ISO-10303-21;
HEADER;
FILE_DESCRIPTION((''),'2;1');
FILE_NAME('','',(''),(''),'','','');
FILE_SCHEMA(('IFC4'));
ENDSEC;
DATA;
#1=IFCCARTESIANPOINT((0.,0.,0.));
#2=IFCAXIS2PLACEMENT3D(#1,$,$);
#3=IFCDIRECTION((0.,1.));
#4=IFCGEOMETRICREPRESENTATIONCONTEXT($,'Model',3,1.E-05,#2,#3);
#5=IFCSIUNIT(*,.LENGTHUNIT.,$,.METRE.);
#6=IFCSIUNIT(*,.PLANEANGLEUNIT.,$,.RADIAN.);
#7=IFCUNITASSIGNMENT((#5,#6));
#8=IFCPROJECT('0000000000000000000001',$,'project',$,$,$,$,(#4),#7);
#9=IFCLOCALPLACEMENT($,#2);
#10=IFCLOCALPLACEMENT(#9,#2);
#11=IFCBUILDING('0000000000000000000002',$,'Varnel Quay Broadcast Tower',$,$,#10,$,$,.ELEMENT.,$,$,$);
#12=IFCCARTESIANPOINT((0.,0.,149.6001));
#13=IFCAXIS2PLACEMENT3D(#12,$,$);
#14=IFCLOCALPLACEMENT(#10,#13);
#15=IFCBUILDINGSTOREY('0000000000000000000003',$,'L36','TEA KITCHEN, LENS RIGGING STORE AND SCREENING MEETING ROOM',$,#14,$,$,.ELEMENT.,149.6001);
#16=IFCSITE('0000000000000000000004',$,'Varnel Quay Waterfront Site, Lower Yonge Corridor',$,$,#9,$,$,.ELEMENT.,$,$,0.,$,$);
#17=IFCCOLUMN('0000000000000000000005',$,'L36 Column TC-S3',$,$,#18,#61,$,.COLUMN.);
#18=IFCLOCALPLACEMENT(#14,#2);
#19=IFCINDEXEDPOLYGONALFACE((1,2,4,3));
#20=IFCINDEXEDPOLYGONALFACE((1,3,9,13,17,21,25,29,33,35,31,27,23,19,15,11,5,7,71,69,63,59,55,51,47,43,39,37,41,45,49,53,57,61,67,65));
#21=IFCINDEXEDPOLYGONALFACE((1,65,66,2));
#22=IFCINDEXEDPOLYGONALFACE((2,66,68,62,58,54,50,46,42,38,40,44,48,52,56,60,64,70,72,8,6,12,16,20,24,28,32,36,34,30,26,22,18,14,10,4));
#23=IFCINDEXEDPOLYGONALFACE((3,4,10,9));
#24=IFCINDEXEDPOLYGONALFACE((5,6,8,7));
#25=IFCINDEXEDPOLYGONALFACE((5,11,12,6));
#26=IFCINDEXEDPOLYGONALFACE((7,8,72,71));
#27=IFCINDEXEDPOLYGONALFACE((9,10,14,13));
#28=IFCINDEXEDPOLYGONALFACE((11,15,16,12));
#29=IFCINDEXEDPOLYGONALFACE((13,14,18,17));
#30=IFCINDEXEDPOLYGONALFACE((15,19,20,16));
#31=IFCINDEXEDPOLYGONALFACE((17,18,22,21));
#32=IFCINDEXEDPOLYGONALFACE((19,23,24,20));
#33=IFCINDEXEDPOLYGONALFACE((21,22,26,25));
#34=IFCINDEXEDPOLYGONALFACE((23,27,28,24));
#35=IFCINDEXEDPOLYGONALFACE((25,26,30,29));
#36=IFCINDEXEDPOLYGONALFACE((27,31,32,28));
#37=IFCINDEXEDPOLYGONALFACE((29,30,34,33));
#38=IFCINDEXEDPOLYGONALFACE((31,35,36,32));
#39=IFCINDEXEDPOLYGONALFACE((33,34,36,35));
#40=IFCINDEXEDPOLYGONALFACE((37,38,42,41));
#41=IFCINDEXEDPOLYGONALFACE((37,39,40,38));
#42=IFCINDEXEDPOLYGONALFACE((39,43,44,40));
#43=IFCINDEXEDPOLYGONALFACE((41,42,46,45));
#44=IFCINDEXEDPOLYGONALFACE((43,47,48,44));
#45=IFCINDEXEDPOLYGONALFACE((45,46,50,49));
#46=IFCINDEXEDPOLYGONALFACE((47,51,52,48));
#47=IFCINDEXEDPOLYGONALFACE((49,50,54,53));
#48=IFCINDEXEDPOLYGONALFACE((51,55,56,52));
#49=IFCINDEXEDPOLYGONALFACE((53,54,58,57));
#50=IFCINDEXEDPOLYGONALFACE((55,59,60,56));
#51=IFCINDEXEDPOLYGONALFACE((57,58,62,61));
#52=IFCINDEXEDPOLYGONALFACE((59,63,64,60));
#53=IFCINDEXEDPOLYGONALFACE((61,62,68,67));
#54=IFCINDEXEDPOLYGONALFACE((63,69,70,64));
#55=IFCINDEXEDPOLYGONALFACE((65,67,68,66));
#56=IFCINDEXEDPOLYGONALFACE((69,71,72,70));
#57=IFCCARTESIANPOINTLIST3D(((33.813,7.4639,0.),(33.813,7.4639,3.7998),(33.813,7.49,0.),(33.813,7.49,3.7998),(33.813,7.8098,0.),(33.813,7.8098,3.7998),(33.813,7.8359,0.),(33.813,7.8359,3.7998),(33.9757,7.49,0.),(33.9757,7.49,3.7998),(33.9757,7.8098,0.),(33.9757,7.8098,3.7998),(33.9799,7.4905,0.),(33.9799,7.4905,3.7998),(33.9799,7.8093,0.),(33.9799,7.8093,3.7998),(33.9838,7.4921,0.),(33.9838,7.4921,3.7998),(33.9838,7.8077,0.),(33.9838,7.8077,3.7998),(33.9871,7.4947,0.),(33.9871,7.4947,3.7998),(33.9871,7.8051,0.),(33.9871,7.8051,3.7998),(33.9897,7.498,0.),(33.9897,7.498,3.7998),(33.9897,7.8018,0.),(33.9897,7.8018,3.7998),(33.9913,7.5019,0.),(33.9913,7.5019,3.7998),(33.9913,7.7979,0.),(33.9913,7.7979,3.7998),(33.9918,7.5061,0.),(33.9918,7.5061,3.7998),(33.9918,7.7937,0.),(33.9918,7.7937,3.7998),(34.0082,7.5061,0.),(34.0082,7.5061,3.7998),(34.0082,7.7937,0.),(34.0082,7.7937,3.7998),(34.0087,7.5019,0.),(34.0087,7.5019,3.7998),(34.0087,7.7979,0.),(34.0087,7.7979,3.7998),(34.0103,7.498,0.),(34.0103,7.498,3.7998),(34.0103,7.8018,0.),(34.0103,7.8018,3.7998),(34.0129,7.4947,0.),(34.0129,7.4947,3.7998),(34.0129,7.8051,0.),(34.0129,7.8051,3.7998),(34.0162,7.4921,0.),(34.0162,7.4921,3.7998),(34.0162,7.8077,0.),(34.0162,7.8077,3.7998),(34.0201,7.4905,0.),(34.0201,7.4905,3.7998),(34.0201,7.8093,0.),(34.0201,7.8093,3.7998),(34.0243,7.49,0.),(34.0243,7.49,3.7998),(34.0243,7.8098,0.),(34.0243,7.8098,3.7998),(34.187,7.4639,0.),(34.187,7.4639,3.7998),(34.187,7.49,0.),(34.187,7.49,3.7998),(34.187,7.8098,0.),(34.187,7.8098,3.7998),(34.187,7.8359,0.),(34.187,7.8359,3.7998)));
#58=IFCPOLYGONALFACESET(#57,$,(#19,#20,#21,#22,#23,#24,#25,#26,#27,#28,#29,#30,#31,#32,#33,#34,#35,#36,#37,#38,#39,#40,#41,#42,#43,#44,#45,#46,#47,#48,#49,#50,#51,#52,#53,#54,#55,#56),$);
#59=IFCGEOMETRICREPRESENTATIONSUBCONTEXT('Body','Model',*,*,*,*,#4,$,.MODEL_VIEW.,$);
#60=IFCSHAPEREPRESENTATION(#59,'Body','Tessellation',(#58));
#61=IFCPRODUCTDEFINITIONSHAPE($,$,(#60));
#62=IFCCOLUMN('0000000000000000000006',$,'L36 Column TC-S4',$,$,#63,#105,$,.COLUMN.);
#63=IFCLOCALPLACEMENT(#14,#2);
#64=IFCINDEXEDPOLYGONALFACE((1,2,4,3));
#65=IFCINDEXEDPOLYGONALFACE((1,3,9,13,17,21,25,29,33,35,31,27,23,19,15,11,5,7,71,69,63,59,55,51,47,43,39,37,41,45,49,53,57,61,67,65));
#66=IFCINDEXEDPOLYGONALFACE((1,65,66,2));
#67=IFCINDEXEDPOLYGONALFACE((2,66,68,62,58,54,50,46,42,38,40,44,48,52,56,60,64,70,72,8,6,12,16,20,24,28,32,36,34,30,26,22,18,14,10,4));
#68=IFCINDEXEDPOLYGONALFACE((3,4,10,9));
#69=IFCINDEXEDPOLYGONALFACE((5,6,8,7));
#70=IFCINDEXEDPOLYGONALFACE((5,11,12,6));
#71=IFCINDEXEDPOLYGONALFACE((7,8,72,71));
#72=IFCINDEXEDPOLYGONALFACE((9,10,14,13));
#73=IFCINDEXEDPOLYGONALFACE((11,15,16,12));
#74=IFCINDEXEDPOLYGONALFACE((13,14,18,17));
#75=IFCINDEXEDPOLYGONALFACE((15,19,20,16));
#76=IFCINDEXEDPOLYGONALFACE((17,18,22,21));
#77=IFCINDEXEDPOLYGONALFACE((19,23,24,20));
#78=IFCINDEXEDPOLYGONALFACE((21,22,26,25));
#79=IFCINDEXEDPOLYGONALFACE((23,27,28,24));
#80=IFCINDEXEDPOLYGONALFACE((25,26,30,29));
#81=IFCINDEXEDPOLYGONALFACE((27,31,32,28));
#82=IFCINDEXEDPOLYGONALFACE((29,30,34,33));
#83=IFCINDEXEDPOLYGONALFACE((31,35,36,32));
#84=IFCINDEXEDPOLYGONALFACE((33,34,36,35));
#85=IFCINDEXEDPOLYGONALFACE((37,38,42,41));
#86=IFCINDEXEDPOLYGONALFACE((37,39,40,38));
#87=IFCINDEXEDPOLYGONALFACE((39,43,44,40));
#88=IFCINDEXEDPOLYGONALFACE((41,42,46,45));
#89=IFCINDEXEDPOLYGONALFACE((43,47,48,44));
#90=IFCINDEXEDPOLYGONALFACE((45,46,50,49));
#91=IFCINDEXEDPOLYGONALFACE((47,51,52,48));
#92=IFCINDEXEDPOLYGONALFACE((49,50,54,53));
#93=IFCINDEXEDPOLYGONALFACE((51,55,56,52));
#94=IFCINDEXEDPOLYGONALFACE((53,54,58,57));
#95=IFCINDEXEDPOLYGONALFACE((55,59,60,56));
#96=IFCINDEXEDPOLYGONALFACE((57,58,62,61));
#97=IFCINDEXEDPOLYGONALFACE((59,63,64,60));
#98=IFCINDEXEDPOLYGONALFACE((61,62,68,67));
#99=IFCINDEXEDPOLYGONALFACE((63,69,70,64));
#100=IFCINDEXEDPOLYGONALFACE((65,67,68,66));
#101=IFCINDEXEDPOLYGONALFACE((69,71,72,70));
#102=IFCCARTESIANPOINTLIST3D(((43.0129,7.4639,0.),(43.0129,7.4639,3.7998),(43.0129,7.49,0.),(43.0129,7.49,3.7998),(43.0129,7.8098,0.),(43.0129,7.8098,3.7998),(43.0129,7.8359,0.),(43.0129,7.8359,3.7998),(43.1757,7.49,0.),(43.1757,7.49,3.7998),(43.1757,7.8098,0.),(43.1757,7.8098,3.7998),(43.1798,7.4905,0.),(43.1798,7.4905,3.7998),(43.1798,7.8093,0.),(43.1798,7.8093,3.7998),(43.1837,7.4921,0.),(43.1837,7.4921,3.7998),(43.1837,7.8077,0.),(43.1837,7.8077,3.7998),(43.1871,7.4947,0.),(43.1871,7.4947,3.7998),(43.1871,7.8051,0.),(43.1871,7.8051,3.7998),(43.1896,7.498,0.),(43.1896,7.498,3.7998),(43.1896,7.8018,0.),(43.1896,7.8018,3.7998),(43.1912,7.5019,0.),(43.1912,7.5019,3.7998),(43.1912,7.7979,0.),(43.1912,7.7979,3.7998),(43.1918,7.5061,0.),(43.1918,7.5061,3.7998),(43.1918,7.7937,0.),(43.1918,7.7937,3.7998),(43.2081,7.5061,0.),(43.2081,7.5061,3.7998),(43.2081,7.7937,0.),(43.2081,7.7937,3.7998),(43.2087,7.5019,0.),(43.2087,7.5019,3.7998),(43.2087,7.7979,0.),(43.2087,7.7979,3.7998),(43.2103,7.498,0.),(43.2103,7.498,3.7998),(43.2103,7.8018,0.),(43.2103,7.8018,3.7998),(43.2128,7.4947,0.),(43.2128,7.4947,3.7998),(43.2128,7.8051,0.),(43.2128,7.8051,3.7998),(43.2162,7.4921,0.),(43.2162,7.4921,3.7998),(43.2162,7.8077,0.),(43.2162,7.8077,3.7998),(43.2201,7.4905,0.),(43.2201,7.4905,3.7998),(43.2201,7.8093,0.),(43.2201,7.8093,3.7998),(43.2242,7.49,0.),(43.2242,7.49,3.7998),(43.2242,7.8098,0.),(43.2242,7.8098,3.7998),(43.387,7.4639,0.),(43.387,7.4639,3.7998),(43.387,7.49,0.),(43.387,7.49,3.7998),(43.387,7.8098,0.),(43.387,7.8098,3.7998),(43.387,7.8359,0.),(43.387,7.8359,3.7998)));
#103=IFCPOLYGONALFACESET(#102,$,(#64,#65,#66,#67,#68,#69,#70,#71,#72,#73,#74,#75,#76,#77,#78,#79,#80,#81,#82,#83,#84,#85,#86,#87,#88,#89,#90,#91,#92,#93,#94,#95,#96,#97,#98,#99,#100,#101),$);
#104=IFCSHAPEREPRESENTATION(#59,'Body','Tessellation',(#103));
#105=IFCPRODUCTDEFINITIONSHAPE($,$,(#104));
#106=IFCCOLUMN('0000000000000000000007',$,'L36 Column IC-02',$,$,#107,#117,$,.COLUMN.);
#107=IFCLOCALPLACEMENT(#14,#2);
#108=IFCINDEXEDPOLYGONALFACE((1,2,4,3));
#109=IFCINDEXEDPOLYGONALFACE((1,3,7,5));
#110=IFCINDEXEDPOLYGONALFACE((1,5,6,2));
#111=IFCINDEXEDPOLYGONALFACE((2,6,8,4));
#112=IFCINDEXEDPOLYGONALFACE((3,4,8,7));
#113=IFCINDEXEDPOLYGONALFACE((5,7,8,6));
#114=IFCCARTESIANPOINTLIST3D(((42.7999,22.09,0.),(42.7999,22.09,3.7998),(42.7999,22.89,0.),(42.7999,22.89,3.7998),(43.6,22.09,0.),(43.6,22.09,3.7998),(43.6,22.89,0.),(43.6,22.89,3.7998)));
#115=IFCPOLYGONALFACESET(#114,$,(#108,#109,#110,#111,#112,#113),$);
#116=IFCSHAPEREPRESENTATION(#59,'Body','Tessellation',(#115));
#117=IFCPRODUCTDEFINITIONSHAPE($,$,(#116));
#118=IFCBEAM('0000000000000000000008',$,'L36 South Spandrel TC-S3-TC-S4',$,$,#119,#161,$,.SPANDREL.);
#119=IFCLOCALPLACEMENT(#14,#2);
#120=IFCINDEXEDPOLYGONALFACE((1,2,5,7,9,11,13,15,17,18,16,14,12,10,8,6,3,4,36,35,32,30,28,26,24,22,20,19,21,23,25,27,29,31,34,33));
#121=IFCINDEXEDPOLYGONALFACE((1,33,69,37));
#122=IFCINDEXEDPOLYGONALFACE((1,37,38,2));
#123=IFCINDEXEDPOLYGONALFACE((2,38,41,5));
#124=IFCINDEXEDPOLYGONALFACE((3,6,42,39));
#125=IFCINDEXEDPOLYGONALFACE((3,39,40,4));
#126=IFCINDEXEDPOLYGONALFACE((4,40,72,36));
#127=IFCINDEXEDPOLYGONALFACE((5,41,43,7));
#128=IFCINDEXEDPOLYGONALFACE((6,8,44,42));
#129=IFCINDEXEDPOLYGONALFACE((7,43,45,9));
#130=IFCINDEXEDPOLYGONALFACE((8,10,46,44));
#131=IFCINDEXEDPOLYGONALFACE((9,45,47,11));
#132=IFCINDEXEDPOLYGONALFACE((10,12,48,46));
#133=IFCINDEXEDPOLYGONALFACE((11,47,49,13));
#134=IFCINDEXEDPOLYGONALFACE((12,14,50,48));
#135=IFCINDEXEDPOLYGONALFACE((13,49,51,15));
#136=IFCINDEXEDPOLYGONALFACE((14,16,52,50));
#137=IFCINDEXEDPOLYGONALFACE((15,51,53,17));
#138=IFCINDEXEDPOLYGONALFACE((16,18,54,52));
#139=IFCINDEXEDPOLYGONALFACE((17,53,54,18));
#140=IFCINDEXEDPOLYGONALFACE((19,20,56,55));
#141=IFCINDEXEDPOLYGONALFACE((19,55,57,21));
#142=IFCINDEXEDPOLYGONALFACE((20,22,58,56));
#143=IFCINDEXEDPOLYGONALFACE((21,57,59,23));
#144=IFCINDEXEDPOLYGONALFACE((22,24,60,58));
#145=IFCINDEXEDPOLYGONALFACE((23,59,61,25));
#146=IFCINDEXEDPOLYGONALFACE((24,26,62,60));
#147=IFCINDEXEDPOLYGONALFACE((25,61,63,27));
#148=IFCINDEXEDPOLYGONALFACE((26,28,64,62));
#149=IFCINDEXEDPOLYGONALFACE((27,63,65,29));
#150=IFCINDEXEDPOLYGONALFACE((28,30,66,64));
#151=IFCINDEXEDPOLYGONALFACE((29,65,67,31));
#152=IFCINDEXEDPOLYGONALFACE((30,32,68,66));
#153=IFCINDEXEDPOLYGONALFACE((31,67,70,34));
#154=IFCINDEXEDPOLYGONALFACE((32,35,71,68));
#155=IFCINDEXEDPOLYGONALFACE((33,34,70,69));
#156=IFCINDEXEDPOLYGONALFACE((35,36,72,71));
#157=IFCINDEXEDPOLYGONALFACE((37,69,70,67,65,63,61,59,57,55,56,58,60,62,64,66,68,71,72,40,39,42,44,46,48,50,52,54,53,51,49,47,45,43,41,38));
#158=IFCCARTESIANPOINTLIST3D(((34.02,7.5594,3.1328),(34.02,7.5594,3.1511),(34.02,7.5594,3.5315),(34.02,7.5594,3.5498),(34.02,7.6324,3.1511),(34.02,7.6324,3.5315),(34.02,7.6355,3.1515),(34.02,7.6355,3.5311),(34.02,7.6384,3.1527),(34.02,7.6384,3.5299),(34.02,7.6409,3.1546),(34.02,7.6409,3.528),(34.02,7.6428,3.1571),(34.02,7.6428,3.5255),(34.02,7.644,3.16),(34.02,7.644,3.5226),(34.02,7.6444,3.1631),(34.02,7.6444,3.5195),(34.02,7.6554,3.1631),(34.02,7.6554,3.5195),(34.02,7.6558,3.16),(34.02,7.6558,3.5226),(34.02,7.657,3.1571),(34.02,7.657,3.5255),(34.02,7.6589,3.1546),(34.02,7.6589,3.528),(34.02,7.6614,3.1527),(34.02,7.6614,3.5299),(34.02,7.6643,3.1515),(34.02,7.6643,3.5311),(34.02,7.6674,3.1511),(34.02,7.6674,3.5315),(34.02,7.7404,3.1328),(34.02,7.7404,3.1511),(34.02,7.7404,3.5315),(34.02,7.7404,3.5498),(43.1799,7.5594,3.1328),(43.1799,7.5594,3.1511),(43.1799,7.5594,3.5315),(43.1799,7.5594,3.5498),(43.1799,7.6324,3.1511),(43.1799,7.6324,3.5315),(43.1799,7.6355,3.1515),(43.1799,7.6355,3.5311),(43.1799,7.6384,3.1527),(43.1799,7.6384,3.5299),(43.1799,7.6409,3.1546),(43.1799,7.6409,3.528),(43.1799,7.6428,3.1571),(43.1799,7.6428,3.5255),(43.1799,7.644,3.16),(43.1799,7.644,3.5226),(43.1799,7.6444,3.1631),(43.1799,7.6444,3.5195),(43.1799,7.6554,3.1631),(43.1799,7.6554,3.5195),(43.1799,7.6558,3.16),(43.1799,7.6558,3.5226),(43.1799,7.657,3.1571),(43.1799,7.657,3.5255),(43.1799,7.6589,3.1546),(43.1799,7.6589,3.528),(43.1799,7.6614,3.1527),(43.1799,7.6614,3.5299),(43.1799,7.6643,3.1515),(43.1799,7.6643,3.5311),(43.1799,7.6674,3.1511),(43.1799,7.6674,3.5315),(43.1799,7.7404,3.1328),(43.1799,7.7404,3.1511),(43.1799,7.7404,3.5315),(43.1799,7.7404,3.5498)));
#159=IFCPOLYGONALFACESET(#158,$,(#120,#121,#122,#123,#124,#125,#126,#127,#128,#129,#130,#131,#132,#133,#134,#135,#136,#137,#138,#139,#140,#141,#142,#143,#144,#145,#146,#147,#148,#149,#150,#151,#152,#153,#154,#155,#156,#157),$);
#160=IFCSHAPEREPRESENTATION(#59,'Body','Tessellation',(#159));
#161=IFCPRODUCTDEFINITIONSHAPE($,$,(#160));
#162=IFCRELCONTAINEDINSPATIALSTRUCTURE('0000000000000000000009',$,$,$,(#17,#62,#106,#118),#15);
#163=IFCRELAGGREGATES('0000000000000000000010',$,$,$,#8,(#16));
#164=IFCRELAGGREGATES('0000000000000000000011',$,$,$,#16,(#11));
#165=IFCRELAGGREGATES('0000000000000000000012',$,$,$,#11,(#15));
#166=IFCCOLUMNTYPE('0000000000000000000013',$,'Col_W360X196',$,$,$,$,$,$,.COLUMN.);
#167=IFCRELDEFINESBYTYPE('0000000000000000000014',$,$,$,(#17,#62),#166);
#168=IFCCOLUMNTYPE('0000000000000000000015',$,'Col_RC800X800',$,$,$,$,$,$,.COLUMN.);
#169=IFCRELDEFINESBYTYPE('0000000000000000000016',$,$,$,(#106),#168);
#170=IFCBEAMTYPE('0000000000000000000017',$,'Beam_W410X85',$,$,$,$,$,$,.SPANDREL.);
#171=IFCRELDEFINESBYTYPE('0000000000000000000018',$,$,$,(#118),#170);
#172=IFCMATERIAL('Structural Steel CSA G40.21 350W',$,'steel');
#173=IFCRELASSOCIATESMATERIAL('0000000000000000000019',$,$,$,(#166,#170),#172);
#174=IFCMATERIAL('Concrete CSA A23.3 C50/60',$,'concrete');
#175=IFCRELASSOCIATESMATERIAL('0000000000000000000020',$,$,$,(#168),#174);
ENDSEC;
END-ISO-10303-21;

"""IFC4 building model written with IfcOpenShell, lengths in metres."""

from ifc_helpers import new_model, si_unit, direction, frame, origin, origin_2d, place, context, subcontext, project, spatial, rectangle, i_section, extrude, source, transform, mapped, material, material_profile, profile_set, type_object, type_shapes, element, save


model = new_model("IFC4")

# Units and contexts
model_context = context("Model", 3, precision=1e-05, world=origin(), true_north=direction((0.0, 1.0)))
body_context = subcontext(model_context, "Body", "Model", "MODEL_VIEW")
ifc_project = project(units=[si_unit("LENGTHUNIT", "METRE"), si_unit("PLANEANGLEUNIT", "RADIAN")], contexts=[model_context])

# Site, building, storey
site_placement = place(None, origin())
site = spatial("IfcSite", under=ifc_project, at=site_placement, Name="Varnel Quay Waterfront Site, Lower Yonge Corridor", CompositionType="ELEMENT", RefElevation=0.0)
building_placement = place(site_placement, origin())
building = spatial("IfcBuilding", under=site, at=building_placement, Name="Varnel Quay Broadcast Tower", CompositionType="ELEMENT")
storey_placement = place(building_placement, frame((0.0, 0.0, 149.6001)))
storey = spatial("IfcBuildingStorey", under=building, at=storey_placement, Name="L36", Description="TEA KITCHEN, LENS RIGGING STORE AND SCREENING MEETING ROOM", CompositionType="ELEMENT", Elevation=149.6001)

# Columns
ifc_material_1 = material(Name="Structural Steel CSA G40.21 350W", Category="steel")
ifc_material_profile_1 = material_profile(ifc_material_1, i_section(OverallWidth=0.374, OverallDepth=0.3721, WebThickness=0.0164, FlangeThickness=0.0261, FilletRadius=0.0161, at=origin_2d()), Name="W360X196")
ifc_profile_set_1 = profile_set([ifc_material_profile_1], Name="Structural Steel CSA G40.21 350W")
column_type_1 = type_object("IfcColumnType", Name="Col_W360X196", PredefinedType="COLUMN", material=ifc_profile_set_1)
shared_shape_1 = source(origin(), body_context, "Body", "SweptSolid", [
    extrude(i_section(OverallWidth=0.374, OverallDepth=0.3721, WebThickness=0.0164, FlangeThickness=0.0261, FilletRadius=0.0161, at=origin_2d()), origin(), (0.0, 0.0, 1.0), 3.7998),
])
type_shapes(column_type_1, [shared_shape_1])
for number, where, z_axis, x_axis, name in (
    (1, (34.0, 7.6499, 0.0), (0.0, 0.0, 1.0), (1.0, 0.0, 0.0), "L36 Column TC-S3"),
    (2, (43.2, 7.6499, 0.0), (0.0, 0.0, 1.0), (1.0, 0.0, 0.0), "L36 Column TC-S4"),
):
    element("IfcColumn", number, at=place(storey_placement, frame(where, z_axis=z_axis, x_axis=x_axis)), inside=storey, type_object=column_type_1, Name=name, PredefinedType="COLUMN", context=body_context, shape_type="MappedRepresentation", body=[
        mapped(shared_shape_1, transform((0.0, 0.0, 0.0), x_axis=(1.0, 0.0, 0.0), y_axis=(0.0, 1.0, 0.0), z_axis=(0.0, 0.0, 1.0), scale=1.0)),
    ])
ifc_material_2 = material(Name="Concrete CSA A23.3 C50/60", Category="concrete")
ifc_material_profile_2 = material_profile(ifc_material_2, rectangle(XDim=0.8, YDim=0.8, at=origin_2d()), Name="RC800X800")
ifc_profile_set_2 = profile_set([ifc_material_profile_2], Name="Concrete CSA A23.3 C50/60")
column_type_2 = type_object("IfcColumnType", Name="Col_RC800X800", PredefinedType="COLUMN", material=ifc_profile_set_2)
shared_shape_2 = source(origin(), body_context, "Body", "SweptSolid", [
    extrude(rectangle(XDim=0.8, YDim=0.8, at=origin_2d()), origin(), (0.0, 0.0, 1.0), 3.7998),
])
type_shapes(column_type_2, [shared_shape_2])
column_placement = place(storey_placement, frame((43.2, 22.49, 0.0), z_axis=(0.0, 0.0, 1.0), x_axis=(1.0, 0.0, 0.0)))
element("IfcColumn", 3, at=column_placement, inside=storey, type_object=column_type_2, Name="L36 Column IC-02", PredefinedType="COLUMN", context=body_context, shape_type="MappedRepresentation", body=[
    mapped(shared_shape_2, transform((0.0, 0.0, 0.0), x_axis=(1.0, 0.0, 0.0), y_axis=(0.0, 1.0, 0.0), z_axis=(0.0, 0.0, 1.0), scale=1.0)),
])

# Beam
ifc_material_profile_3 = material_profile(ifc_material_1, i_section(OverallWidth=0.1809, OverallDepth=0.417, WebThickness=0.011, FlangeThickness=0.0183, FilletRadius=0.012, at=origin_2d()), Name="W410X85")
ifc_profile_set_3 = profile_set([ifc_material_profile_3], Name="Structural Steel CSA G40.21 350W")
beam_type_1 = type_object("IfcBeamType", Name="Beam_W410X85", PredefinedType="SPANDREL", material=ifc_profile_set_3)
shared_shape_3 = source(origin(), body_context, "Body", "SweptSolid", [
    extrude(i_section(OverallWidth=0.1809, OverallDepth=0.417, WebThickness=0.011, FlangeThickness=0.0183, FilletRadius=0.012, at=origin_2d()), origin(), (0.0, 0.0, 1.0), 9.1599),
])
type_shapes(beam_type_1, [shared_shape_3])
for number, where, z_axis, x_axis, name in (
    (4, (34.02, 7.6499, 3.3413), (1.0, 0.0, 0.0), (0.0, 1.0, 0.0), "L36 South Spandrel TC-S3-TC-S4"),
):
    element("IfcBeam", number, at=place(storey_placement, frame(where, z_axis=z_axis, x_axis=x_axis)), inside=storey, type_object=beam_type_1, Name=name, PredefinedType="SPANDREL", context=body_context, shape_type="MappedRepresentation", body=[
        mapped(shared_shape_3, transform((0.0, 0.0, 0.0), x_axis=(1.0, 0.0, 0.0), y_axis=(0.0, 1.0, 0.0), z_axis=(0.0, 0.0, 1.0), scale=1.0)),
    ])

save(model, "model.ifc")
